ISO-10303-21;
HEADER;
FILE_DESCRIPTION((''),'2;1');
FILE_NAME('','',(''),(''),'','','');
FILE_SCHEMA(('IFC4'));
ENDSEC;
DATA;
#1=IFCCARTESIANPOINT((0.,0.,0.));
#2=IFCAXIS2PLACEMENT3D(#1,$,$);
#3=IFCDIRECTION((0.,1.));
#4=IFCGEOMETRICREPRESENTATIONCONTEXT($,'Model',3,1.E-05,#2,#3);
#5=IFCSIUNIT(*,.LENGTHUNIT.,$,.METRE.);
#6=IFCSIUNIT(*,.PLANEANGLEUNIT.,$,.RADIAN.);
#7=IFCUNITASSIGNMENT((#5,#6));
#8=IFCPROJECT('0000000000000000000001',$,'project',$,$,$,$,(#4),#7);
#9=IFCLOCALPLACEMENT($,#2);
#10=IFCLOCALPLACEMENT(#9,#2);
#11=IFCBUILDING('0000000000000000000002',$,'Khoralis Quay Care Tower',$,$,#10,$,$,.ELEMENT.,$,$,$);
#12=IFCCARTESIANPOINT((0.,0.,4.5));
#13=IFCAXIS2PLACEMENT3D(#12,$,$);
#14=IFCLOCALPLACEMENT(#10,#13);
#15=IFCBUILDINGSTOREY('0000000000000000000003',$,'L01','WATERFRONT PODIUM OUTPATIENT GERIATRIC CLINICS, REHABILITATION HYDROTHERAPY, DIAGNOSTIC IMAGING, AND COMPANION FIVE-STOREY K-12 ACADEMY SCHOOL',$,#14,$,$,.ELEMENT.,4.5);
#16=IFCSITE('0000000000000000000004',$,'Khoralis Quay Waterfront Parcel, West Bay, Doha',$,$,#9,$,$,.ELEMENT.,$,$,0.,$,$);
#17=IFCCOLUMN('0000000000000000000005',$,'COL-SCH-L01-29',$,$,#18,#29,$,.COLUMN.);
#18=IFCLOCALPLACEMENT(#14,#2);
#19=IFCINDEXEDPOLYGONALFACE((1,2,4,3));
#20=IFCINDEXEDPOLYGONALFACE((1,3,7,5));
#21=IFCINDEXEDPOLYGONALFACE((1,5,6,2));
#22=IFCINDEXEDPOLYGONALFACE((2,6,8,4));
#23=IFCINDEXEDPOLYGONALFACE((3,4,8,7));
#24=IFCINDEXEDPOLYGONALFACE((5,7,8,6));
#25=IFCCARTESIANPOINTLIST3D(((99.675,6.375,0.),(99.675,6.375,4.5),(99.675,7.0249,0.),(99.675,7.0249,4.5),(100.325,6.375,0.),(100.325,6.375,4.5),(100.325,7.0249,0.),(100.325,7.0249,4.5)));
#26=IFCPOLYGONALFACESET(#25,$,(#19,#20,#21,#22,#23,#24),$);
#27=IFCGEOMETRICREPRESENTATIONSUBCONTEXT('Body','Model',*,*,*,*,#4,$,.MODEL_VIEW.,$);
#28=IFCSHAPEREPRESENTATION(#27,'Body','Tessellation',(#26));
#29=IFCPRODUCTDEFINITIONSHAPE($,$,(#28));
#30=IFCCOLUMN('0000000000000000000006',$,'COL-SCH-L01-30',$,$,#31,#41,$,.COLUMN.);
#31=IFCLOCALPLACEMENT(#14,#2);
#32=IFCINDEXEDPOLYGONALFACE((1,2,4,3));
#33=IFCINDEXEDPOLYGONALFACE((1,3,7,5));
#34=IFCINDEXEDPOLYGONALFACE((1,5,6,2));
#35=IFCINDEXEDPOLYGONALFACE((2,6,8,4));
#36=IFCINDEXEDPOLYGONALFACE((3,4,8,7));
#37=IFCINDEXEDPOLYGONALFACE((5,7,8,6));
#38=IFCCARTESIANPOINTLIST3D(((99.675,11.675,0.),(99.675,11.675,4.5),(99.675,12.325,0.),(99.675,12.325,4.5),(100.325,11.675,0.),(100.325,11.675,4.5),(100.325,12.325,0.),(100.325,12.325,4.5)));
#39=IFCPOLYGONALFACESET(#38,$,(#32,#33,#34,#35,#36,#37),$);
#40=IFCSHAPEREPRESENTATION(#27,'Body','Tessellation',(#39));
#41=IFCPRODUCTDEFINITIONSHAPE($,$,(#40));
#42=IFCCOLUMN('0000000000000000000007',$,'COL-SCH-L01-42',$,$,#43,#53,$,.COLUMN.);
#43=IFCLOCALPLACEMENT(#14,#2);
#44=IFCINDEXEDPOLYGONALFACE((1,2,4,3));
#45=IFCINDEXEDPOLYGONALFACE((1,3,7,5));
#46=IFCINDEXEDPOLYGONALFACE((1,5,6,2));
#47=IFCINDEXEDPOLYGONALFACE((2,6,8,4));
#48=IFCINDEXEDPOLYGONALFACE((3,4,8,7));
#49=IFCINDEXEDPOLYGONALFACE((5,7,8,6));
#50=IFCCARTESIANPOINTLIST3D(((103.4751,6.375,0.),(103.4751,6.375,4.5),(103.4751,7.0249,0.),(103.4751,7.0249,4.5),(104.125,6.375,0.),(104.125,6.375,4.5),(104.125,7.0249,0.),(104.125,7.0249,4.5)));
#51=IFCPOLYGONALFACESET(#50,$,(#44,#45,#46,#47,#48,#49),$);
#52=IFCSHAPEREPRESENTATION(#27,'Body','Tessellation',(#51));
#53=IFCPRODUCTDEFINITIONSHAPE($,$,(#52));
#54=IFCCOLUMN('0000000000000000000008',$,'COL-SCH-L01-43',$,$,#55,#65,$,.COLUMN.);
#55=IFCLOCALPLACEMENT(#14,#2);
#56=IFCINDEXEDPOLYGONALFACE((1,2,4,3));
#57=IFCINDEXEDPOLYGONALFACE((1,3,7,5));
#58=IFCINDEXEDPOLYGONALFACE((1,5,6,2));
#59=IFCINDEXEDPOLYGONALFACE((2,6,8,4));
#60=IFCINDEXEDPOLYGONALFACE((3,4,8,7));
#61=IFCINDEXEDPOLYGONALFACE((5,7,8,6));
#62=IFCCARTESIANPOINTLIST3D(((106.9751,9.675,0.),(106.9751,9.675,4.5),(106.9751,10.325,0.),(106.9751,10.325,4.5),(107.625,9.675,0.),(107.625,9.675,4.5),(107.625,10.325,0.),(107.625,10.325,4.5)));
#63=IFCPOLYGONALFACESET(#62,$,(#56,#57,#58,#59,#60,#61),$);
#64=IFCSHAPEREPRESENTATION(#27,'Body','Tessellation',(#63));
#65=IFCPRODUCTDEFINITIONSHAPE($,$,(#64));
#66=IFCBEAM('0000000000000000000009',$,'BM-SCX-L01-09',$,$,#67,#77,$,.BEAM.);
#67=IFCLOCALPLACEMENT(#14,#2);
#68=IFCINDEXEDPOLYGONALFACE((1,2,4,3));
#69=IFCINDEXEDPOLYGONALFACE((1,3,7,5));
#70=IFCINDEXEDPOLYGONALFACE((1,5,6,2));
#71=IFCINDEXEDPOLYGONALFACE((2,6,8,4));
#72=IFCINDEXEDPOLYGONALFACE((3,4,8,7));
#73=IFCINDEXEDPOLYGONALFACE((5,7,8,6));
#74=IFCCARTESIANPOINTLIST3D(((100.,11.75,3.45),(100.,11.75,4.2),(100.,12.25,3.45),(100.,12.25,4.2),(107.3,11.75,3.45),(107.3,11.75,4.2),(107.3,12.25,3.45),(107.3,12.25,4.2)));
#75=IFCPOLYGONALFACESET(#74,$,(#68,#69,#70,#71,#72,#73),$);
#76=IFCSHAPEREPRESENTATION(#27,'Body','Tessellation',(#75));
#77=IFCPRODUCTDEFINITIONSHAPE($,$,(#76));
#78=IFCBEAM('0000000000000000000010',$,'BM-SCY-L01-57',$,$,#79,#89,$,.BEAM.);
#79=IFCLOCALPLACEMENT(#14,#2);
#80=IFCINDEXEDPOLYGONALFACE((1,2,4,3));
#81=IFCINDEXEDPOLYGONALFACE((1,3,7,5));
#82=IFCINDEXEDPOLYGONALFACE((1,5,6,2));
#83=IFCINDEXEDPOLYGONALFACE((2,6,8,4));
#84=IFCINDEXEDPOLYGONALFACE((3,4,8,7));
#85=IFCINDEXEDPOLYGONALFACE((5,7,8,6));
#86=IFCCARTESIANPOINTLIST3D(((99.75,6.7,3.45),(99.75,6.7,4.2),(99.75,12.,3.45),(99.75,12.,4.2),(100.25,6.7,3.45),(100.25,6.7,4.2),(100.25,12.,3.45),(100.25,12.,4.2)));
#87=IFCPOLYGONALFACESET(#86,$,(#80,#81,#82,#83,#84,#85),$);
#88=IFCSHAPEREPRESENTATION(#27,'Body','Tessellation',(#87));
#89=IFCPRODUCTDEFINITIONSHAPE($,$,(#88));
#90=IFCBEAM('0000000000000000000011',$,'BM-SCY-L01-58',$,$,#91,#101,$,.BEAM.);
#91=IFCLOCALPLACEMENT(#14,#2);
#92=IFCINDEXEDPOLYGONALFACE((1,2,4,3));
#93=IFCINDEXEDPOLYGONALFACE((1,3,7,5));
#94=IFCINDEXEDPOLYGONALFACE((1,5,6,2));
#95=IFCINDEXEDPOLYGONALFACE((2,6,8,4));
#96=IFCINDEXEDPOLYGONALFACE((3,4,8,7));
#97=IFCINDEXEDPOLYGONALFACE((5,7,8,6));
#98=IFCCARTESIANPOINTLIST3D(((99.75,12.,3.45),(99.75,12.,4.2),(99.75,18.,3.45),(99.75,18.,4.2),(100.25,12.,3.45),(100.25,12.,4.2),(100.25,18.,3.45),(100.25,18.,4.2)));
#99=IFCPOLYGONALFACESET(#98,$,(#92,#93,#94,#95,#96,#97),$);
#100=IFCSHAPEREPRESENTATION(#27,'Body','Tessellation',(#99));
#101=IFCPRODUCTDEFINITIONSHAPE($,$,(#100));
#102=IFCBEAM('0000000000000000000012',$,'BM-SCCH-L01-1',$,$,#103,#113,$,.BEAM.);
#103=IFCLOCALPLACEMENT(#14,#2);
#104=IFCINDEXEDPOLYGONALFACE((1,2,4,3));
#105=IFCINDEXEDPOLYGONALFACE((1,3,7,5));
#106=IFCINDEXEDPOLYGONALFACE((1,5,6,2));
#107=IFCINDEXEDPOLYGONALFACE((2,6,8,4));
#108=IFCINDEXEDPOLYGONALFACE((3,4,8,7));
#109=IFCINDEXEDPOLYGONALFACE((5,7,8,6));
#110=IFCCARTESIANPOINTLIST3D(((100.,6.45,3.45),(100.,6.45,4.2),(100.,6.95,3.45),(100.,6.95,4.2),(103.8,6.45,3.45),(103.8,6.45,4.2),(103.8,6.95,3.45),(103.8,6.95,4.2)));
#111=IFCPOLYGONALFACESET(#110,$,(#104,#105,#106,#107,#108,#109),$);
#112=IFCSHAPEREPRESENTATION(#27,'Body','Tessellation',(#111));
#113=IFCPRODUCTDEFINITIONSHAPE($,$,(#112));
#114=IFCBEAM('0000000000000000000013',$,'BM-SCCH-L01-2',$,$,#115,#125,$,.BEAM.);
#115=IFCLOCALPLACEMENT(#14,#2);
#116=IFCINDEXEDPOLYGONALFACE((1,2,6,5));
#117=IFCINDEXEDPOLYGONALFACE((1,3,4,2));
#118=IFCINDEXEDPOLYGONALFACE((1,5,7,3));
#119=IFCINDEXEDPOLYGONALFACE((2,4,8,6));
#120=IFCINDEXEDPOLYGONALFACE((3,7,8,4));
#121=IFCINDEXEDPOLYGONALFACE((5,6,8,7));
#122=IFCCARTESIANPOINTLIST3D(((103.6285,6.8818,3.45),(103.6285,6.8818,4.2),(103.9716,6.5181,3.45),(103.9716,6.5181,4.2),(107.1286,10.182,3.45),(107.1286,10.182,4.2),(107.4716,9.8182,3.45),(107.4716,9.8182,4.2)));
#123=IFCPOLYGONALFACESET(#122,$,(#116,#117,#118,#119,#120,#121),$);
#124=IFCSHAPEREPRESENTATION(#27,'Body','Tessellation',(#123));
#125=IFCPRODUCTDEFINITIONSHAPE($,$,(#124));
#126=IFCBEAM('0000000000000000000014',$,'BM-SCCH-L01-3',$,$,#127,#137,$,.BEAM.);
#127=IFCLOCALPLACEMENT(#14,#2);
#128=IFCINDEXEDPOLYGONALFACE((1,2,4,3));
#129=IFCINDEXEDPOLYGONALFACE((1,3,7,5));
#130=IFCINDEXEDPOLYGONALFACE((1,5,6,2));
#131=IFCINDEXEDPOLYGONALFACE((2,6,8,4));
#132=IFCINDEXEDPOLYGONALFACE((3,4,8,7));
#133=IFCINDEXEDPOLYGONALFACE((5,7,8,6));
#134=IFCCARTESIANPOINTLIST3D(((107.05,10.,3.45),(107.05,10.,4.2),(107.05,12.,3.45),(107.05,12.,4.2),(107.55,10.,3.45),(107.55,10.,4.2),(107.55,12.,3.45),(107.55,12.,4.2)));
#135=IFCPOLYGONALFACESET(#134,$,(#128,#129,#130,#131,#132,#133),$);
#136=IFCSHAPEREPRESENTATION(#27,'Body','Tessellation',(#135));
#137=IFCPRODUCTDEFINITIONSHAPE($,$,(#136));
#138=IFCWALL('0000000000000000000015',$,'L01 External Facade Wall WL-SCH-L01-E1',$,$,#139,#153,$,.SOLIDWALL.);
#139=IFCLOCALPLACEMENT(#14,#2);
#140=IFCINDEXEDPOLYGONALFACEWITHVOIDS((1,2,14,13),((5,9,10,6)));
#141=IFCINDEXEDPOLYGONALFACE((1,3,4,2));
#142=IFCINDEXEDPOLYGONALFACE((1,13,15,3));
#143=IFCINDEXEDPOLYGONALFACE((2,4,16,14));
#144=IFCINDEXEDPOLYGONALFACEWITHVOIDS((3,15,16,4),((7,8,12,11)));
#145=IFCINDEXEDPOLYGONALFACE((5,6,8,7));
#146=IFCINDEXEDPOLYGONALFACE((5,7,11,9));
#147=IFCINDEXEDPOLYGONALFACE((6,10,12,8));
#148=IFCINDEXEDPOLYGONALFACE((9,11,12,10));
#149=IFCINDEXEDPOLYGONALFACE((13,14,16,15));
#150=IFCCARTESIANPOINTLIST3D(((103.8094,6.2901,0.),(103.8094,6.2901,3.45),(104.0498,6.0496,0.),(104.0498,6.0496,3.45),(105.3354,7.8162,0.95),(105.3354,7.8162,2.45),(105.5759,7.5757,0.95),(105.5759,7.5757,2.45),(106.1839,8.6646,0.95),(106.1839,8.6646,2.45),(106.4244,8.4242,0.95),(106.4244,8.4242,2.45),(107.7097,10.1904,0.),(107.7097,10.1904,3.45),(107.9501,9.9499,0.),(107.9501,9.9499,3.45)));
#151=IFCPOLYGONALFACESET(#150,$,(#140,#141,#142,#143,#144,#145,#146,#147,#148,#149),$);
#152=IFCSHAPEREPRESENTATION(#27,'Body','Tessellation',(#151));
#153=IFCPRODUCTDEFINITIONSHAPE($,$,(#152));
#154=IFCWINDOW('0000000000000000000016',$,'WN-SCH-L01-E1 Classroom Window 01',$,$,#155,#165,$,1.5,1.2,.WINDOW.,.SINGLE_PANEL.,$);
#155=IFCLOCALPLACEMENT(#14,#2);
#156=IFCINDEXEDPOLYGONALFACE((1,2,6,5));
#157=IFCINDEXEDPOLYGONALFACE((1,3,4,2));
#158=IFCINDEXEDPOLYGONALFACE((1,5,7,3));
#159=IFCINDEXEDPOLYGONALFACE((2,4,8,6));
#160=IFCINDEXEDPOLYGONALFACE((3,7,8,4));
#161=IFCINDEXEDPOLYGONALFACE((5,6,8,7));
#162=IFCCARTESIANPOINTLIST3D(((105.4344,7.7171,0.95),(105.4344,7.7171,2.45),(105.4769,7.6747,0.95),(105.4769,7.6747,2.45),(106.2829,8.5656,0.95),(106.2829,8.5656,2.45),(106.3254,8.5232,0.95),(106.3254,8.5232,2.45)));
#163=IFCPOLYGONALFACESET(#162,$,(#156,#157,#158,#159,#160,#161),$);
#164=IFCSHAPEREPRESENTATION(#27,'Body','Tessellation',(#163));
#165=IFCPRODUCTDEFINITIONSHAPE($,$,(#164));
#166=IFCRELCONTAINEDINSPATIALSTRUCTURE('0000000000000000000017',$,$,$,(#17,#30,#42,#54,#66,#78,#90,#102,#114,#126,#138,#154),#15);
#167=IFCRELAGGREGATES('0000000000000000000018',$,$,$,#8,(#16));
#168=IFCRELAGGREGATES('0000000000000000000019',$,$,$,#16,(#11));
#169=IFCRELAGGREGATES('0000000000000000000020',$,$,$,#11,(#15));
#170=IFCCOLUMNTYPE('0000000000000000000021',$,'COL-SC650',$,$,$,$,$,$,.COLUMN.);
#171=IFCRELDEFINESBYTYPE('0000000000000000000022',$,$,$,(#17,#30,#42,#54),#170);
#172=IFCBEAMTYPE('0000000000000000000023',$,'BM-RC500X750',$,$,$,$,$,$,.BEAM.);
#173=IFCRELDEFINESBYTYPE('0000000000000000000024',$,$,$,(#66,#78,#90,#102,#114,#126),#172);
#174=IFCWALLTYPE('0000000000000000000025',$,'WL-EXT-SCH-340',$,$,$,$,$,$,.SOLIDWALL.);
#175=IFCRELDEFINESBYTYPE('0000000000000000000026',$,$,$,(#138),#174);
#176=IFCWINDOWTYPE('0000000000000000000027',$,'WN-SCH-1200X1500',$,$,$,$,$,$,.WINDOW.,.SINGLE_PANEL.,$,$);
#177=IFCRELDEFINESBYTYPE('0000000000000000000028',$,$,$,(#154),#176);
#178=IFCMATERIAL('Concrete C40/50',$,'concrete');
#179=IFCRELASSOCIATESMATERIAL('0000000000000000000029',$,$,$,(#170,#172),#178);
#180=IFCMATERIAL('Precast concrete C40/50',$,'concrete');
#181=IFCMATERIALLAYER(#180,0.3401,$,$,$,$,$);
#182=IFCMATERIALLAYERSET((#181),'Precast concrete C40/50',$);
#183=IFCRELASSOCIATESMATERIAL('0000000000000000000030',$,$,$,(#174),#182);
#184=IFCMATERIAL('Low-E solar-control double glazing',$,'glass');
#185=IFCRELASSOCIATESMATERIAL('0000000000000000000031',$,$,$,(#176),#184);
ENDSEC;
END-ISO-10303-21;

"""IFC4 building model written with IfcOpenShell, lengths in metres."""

from ifc_helpers import new_model, si_unit, direction, frame, frame_2d, origin, origin_2d, place, context, subcontext, project, spatial, rectangle, extrude, source, transform, mapped, material, layer, layer_set, material_profile, profile_set, type_object, element, fill, save


model = new_model("IFC4")

# Units and contexts
model_context = context("Model", 3, precision=1e-05, world=origin(), true_north=direction((0.0, 1.0)))
body_context = subcontext(model_context, "Body", "Model", "MODEL_VIEW")
ifc_project = project(units=[si_unit("LENGTHUNIT", "METRE"), si_unit("PLANEANGLEUNIT", "RADIAN")], contexts=[model_context])

# Site, building, storey
site_placement = place(None, origin())
site = spatial("IfcSite", under=ifc_project, at=site_placement, Name="Khoralis Quay Waterfront Parcel, West Bay, Doha", CompositionType="ELEMENT", RefElevation=0.0)
building_placement = place(site_placement, origin())
building = spatial("IfcBuilding", under=site, at=building_placement, Name="Khoralis Quay Care Tower", CompositionType="ELEMENT")
storey_placement = place(building_placement, frame((0.0, 0.0, 4.5)))
storey = spatial("IfcBuildingStorey", under=building, at=storey_placement, Name="L01", Description="WATERFRONT PODIUM OUTPATIENT GERIATRIC CLINICS, REHABILITATION HYDROTHERAPY, DIAGNOSTIC IMAGING, AND COMPANION FIVE-STOREY K-12 ACADEMY SCHOOL", CompositionType="ELEMENT", Elevation=4.5)

# Columns
ifc_material_1 = material(Name="Concrete C40/50", Category="concrete")
ifc_material_profile_1 = material_profile(ifc_material_1, rectangle(XDim=0.6499, YDim=0.6499, at=origin_2d()), Name="Concrete C40/50")
ifc_profile_set_1 = profile_set([ifc_material_profile_1], Name="Concrete C40/50")
column_type = type_object("IfcColumnType", Name="COL-SC650", PredefinedType="COLUMN", material=ifc_profile_set_1)
shared_shape_1 = source(origin(), body_context, "Body", "SweptSolid", [
    extrude(rectangle(XDim=0.6499, YDim=0.6499, at=origin_2d()), origin(), (0.0, 0.0, 1.0), 4.5),
])
for number, where, z_axis, x_axis, name in (
    (1, (100.0, 6.7, 0.0), (0.0, 0.0, 1.0), (1.0, 0.0, 0.0), "COL-SCH-L01-29"),
    (2, (100.0, 12.0, 0.0), (0.0, 0.0, 1.0), (1.0, 0.0, 0.0), "COL-SCH-L01-30"),
    (3, (103.8, 6.7, 0.0), (0.0, 0.0, 1.0), (1.0, 0.0, 0.0), "COL-SCH-L01-42"),
    (4, (107.3, 10.0, 0.0), (0.0, 0.0, 1.0), (1.0, 0.0, 0.0), "COL-SCH-L01-43"),
):
    element("IfcColumn", number, at=place(storey_placement, frame(where, z_axis=z_axis, x_axis=x_axis)), inside=storey, type_object=column_type, Name=name, PredefinedType="COLUMN", context=body_context, shape_type="MappedRepresentation", body=[
        mapped(shared_shape_1, transform((0.0, 0.0, 0.0), scale=1.0)),
    ])

# Beams
ifc_material_profile_2 = material_profile(ifc_material_1, rectangle(XDim=0.5, YDim=0.75, at=origin_2d()), Name="Concrete C40/50")
ifc_profile_set_2 = profile_set([ifc_material_profile_2], Name="Concrete C40/50")
beam_type = type_object("IfcBeamType", Name="BM-RC500X750", PredefinedType="BEAM", material=ifc_profile_set_2)
shared_shape_2 = source(origin(), body_context, "Body", "SweptSolid", [
    extrude(rectangle(XDim=0.5, YDim=0.75, at=origin_2d()), origin(), (0.0, 0.0, 1.0), 7.3),
])
beam_1_placement = place(storey_placement, frame((100.0, 12.0, 3.825), z_axis=(1.0, 0.0, 0.0), x_axis=(0.0, 1.0, 0.0)))
element("IfcBeam", 5, at=beam_1_placement, inside=storey, type_object=beam_type, Name="BM-SCX-L01-09", PredefinedType="BEAM", context=body_context, shape_type="MappedRepresentation", body=[
    mapped(shared_shape_2, transform((0.0, 0.0, 0.0), scale=1.0)),
])
shared_shape_3 = source(origin(), body_context, "Body", "SweptSolid", [
    extrude(rectangle(XDim=0.5, YDim=0.75, at=origin_2d()), origin(), (0.0, 0.0, 1.0), 5.3),
])
beam_2_placement = place(storey_placement, frame((100.0, 6.7, 3.825), z_axis=(0.0, 1.0, 0.0), x_axis=(-1.0, 0.0, 0.0)))
element("IfcBeam", 6, at=beam_2_placement, inside=storey, type_object=beam_type, Name="BM-SCY-L01-57", PredefinedType="BEAM", context=body_context, shape_type="MappedRepresentation", body=[
    mapped(shared_shape_3, transform((0.0, 0.0, 0.0), scale=1.0)),
])
shared_shape_4 = source(origin(), body_context, "Body", "SweptSolid", [
    extrude(rectangle(XDim=0.5, YDim=0.75, at=origin_2d()), origin(), (0.0, 0.0, 1.0), 6.0),
])
beam_3_placement = place(storey_placement, frame((100.0, 12.0, 3.825), z_axis=(0.0, 1.0, 0.0), x_axis=(-1.0, 0.0, 0.0)))
element("IfcBeam", 7, at=beam_3_placement, inside=storey, type_object=beam_type, Name="BM-SCY-L01-58", PredefinedType="BEAM", context=body_context, shape_type="MappedRepresentation", body=[
    mapped(shared_shape_4, transform((0.0, 0.0, 0.0), scale=1.0)),
])
shared_shape_5 = source(origin(), body_context, "Body", "SweptSolid", [
    extrude(rectangle(XDim=0.5, YDim=0.75, at=origin_2d()), origin(), (0.0, 0.0, 1.0), 3.8),
])
beam_4_placement = place(storey_placement, frame((100.0, 6.7, 3.825), z_axis=(1.0, 0.0, 0.0), x_axis=(0.0, 1.0, 0.0)))
element("IfcBeam", 8, at=beam_4_placement, inside=storey, type_object=beam_type, Name="BM-SCCH-L01-1", PredefinedType="BEAM", context=body_context, shape_type="MappedRepresentation", body=[
    mapped(shared_shape_5, transform((0.0, 0.0, 0.0), scale=1.0)),
])
shared_shape_6 = source(origin(), body_context, "Body", "SweptSolid", [
    extrude(rectangle(XDim=0.5, YDim=0.75, at=origin_2d()), origin(), (0.0, 0.0, 1.0), 4.8105),
])
beam_5_placement = place(storey_placement, frame((103.8, 6.7, 3.825), z_axis=(0.727584, 0.686018, 0.0), x_axis=(-0.686018, 0.727584, 0.0)))
element("IfcBeam", 9, at=beam_5_placement, inside=storey, type_object=beam_type, Name="BM-SCCH-L01-2", PredefinedType="BEAM", context=body_context, shape_type="MappedRepresentation", body=[
    mapped(shared_shape_6, transform((0.0, 0.0, 0.0), scale=1.0)),
])
shared_shape_7 = source(origin(), body_context, "Body", "SweptSolid", [
    extrude(rectangle(XDim=0.5, YDim=0.75, at=origin_2d()), origin(), (0.0, 0.0, 1.0), 2.0),
])
beam_6_placement = place(storey_placement, frame((107.3, 10.0, 3.825), z_axis=(0.0, 1.0, 0.0), x_axis=(-1.0, 0.0, 0.0)))
element("IfcBeam", 10, at=beam_6_placement, inside=storey, type_object=beam_type, Name="BM-SCCH-L01-3", PredefinedType="BEAM", context=body_context, shape_type="MappedRepresentation", body=[
    mapped(shared_shape_7, transform((0.0, 0.0, 0.0), scale=1.0)),
])

# Wall, opening, window
ifc_material_2 = material(Name="Precast concrete C40/50", Category="concrete")
ifc_layer_1 = layer(ifc_material_2, 0.3401)
ifc_layer_set_1 = layer_set([ifc_layer_1], Name="Precast concrete C40/50")
wall_type_1 = type_object("IfcWallType", Name="WL-EXT-SCH-340", PredefinedType="SOLIDWALL", material=ifc_layer_set_1)
wall_1_placement = place(storey_placement, frame((103.9297, 6.1699, 0.0), z_axis=(0.0, 0.0, 1.0), x_axis=(0.707107, 0.707107, 0.0)))
wall_1 = element("IfcWall", 11, at=wall_1_placement, inside=storey, type_object=wall_type_1, Name="L01 External Facade Wall WL-SCH-L01-E1", PredefinedType="SOLIDWALL", context=body_context, shape_type="SweptSolid", body=[
    extrude(rectangle(XDim=5.5159, YDim=0.3401, at=frame_2d((2.7578, 0.0))), origin(), (0.0, 0.0, 1.0), 3.45),
])
opening_1_placement = place(wall_1_placement, frame((2.158, 0.0, 0.95)))
opening_1 = element("IfcOpeningElement", 12, at=opening_1_placement, cuts=wall_1, PredefinedType="OPENING", context=body_context, shape_type="SweptSolid", body=[
    extrude(rectangle(XDim=1.2, YDim=1.5, at=frame_2d((0.6001, 0.75))), frame((0.0, 0.1802, 0.0), z_axis=(0.0, -1.0, 0.0), x_axis=(1.0, 0.0, 0.0)), (0.0, 0.0, 1.0), 0.3601),
])
ifc_material_3 = material(Name="Low-E solar-control double glazing", Category="glass")
window_type = type_object("IfcWindowType", Name="WN-SCH-1200X1500", PartitioningType="SINGLE_PANEL", PredefinedType="WINDOW", material=ifc_material_3)
shared_shape_8 = source(origin(), body_context, "Body", "SweptSolid", [
    extrude(rectangle(XDim=1.2, YDim=1.5, at=frame_2d((0.6001, 0.75))), frame((0.0, 0.03, 0.0), z_axis=(0.0, -1.0, 0.0), x_axis=(1.0, 0.0, 0.0)), (0.0, 0.0, 1.0), 0.0601),
])
window_1_placement = place(opening_1_placement, origin())
window_1 = element("IfcWindow", 13, at=window_1_placement, inside=storey, type_object=window_type, Name="WN-SCH-L01-E1 Classroom Window 01", OverallHeight=1.5, OverallWidth=1.2, PartitioningType="SINGLE_PANEL", PredefinedType="WINDOW", context=body_context, shape_type="MappedRepresentation", body=[
    mapped(shared_shape_8, transform((0.0, 0.0, 0.0), scale=1.0)),
])
fill(opening_1, window_1)

save(model, "model.ifc")
